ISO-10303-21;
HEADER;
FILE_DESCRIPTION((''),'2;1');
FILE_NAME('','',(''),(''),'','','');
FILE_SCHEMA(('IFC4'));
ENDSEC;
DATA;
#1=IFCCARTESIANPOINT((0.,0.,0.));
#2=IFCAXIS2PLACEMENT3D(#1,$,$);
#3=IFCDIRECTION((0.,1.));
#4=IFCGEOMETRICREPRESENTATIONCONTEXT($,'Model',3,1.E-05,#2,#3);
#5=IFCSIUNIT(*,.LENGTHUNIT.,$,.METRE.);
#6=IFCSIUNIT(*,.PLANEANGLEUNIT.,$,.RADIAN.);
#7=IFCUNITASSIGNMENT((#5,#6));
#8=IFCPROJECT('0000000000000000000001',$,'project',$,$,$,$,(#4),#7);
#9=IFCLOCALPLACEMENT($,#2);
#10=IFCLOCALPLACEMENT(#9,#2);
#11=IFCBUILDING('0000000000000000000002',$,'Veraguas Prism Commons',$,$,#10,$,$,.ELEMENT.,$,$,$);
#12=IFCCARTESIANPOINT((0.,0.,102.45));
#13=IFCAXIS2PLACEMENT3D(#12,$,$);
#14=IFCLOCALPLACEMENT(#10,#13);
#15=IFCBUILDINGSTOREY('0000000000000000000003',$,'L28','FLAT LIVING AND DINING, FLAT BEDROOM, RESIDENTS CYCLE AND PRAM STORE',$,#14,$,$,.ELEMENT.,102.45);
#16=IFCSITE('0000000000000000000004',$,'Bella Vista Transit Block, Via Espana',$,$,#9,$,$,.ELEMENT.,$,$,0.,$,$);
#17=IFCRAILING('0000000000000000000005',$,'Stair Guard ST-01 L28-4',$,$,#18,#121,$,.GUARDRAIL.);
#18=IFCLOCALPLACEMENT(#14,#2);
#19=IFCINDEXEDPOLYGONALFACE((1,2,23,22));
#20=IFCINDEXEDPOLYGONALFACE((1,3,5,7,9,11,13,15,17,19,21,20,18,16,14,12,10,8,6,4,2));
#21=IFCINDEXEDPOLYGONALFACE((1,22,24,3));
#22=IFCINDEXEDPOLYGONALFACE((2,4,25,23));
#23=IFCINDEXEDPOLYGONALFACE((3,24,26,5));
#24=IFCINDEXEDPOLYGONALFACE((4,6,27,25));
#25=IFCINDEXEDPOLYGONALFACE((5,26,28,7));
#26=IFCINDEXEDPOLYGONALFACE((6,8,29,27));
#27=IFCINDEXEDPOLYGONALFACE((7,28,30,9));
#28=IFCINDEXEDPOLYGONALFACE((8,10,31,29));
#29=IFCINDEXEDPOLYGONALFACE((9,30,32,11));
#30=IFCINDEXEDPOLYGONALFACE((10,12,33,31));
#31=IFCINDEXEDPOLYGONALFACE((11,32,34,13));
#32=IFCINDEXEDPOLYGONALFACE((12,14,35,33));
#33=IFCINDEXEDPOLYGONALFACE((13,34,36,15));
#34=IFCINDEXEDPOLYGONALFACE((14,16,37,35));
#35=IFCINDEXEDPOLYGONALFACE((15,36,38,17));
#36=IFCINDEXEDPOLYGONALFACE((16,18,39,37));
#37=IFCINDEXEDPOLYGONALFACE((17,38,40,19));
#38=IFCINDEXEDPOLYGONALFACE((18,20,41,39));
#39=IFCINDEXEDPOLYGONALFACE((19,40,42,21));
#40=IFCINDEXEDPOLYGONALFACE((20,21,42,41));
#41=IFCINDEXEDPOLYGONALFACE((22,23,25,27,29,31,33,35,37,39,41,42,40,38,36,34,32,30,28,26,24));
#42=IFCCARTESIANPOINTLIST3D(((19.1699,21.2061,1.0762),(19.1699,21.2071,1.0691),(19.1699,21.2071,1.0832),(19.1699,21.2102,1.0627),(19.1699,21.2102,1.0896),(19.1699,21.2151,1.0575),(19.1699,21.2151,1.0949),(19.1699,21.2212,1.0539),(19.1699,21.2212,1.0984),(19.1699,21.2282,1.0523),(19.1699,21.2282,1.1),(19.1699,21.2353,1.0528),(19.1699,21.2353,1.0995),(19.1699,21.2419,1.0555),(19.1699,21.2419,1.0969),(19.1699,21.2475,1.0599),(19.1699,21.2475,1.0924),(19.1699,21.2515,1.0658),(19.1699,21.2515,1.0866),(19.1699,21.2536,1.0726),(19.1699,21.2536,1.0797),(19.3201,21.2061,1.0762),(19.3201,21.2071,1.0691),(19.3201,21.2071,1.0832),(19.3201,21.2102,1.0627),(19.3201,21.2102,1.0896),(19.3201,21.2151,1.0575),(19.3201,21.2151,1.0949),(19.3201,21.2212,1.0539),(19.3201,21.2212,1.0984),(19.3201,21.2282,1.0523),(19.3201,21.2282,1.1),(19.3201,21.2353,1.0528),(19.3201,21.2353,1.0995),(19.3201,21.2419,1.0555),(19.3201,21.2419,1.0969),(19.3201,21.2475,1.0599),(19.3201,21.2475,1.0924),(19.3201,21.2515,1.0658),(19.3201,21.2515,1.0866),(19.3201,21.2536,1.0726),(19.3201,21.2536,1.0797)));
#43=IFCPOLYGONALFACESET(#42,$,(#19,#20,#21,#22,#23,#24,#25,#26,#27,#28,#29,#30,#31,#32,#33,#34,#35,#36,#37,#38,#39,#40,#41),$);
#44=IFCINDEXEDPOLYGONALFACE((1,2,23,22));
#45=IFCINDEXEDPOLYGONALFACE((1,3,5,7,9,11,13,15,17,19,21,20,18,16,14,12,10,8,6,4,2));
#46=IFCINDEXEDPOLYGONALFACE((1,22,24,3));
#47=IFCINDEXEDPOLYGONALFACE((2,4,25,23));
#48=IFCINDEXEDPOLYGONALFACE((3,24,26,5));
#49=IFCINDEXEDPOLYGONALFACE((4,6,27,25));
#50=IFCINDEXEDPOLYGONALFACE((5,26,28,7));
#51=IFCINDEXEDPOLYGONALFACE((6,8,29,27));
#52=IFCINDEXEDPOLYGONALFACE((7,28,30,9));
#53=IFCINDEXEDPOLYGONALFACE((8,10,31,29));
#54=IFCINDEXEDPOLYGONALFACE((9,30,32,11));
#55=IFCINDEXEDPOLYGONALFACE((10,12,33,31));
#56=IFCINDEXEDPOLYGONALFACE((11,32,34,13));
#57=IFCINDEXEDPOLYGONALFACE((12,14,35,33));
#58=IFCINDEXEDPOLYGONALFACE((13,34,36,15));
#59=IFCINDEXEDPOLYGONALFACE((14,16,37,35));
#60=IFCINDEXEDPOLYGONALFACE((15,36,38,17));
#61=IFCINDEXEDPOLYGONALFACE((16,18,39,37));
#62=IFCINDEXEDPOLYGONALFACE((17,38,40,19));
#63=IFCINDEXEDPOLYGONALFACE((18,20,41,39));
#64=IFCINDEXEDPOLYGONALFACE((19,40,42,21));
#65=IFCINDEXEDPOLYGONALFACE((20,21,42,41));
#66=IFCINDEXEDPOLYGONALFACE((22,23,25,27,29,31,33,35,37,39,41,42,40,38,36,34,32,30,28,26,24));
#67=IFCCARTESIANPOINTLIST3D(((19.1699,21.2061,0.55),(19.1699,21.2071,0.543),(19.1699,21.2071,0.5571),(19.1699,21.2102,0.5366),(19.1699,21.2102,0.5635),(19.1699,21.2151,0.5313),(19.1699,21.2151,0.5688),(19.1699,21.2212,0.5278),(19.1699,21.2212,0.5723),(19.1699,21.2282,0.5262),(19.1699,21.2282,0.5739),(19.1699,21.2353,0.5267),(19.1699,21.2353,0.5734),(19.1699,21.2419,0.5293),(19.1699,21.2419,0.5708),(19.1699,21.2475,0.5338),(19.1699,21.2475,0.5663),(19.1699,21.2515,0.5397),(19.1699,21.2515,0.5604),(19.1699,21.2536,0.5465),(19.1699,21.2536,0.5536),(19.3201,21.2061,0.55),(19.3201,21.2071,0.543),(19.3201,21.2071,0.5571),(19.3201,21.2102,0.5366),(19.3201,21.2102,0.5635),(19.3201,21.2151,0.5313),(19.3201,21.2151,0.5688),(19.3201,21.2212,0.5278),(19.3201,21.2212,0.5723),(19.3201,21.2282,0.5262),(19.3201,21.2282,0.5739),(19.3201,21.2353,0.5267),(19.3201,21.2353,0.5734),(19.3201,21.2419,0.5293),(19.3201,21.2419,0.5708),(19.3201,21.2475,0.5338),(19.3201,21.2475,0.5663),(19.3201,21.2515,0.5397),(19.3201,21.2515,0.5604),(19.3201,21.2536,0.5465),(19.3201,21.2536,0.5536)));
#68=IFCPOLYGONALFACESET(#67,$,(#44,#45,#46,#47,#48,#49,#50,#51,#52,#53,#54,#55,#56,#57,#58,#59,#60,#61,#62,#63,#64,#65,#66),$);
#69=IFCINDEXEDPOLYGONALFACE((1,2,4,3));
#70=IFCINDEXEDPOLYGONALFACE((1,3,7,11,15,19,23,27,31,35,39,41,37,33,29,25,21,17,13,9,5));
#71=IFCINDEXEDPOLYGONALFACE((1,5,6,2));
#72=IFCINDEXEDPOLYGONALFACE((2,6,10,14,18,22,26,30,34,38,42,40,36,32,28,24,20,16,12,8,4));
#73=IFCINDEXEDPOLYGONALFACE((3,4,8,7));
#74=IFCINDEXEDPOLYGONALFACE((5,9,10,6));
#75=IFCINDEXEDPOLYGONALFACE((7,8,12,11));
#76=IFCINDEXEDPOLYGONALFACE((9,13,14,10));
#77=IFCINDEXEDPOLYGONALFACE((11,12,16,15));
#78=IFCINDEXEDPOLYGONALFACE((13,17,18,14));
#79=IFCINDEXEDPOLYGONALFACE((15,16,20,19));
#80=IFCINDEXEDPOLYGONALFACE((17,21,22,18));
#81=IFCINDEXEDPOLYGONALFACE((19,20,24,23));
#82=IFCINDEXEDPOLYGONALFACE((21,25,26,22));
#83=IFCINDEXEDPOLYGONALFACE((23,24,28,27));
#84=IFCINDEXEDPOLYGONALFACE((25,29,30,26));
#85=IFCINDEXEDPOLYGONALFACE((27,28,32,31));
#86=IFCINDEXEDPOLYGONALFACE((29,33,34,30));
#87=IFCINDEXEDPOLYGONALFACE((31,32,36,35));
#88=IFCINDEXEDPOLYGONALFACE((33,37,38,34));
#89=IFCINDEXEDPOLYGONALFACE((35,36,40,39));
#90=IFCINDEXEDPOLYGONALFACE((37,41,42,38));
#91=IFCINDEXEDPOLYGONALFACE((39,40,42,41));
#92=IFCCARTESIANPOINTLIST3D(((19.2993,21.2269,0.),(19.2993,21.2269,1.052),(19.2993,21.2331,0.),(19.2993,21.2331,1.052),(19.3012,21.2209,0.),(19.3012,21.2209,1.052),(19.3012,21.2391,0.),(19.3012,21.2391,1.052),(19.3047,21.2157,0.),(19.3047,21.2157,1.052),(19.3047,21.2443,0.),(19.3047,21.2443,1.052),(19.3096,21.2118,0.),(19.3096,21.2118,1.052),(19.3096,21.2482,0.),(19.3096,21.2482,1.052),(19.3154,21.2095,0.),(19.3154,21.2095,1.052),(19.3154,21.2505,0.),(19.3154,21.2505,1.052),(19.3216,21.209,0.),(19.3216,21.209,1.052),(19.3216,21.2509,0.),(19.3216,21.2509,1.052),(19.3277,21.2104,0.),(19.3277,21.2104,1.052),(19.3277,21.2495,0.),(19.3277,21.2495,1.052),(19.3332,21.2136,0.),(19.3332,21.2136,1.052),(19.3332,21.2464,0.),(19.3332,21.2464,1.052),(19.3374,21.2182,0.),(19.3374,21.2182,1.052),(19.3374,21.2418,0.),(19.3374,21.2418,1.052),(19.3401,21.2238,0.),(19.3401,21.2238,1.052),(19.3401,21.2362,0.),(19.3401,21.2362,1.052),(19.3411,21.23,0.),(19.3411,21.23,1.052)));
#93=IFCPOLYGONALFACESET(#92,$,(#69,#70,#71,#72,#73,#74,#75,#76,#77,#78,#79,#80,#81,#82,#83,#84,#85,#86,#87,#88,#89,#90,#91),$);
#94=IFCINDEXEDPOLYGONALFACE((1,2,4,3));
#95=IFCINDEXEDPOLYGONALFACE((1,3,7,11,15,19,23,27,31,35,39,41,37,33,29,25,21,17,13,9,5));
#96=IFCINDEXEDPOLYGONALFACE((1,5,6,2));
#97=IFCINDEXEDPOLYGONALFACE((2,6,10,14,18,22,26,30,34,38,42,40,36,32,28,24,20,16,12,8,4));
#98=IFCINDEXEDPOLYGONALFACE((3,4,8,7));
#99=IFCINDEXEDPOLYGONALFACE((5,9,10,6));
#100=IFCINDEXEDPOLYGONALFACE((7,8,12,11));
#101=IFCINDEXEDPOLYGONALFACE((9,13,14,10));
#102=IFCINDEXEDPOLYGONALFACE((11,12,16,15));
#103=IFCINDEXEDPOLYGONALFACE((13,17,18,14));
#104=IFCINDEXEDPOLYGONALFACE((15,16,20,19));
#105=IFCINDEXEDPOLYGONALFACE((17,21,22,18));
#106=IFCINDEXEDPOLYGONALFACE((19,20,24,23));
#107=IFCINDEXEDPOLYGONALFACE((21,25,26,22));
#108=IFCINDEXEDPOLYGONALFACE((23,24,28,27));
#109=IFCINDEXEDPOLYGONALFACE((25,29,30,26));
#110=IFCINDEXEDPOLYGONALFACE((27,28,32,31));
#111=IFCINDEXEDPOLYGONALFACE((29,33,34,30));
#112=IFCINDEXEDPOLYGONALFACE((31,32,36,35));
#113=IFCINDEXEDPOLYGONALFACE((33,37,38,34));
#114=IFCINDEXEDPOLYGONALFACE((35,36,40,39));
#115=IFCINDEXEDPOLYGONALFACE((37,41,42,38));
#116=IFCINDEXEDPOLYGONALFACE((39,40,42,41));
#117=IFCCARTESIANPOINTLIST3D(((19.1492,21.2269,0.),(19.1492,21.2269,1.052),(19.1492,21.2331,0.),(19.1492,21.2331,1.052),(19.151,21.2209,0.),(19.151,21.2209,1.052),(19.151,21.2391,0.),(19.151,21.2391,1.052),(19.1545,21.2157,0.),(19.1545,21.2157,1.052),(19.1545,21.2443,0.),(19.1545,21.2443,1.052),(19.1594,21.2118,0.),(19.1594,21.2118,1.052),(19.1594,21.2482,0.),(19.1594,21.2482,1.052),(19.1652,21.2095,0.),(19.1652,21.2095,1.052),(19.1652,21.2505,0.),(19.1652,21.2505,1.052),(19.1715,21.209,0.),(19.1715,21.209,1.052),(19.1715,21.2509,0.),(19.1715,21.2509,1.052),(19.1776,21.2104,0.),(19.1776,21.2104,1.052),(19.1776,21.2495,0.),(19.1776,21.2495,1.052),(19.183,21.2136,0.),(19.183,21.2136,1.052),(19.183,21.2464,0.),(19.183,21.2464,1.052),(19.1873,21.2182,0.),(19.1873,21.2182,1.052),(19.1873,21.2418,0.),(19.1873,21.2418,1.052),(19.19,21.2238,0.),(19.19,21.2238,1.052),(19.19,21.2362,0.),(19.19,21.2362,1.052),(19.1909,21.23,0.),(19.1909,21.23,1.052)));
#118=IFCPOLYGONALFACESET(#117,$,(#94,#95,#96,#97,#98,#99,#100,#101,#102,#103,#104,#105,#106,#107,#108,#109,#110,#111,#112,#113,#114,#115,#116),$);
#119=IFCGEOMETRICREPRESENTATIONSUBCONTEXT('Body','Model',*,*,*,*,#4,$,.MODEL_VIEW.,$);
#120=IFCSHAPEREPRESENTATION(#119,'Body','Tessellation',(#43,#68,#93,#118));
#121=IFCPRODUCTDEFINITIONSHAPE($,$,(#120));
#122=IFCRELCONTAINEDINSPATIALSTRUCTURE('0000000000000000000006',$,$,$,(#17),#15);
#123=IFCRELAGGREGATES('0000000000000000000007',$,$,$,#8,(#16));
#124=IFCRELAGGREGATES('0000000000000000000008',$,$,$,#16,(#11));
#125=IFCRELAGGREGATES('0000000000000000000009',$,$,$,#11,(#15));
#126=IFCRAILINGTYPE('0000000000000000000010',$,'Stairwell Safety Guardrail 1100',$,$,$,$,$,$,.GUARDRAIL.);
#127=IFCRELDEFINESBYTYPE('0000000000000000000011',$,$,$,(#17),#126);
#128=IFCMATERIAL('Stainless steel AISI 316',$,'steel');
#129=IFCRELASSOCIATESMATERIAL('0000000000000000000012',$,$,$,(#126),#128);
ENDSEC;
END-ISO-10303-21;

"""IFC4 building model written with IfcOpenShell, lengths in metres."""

from ifc_helpers import new_model, si_unit, direction, frame, origin, origin_2d, place, context, subcontext, project, spatial, circle, extrude, material, type_object, element, save


model = new_model("IFC4")

# Units and contexts
model_context = context("Model", 3, precision=1e-05, world=origin(), true_north=direction((0.0, 1.0)))
body_context = subcontext(model_context, "Body", "Model", "MODEL_VIEW")
ifc_project = project(units=[si_unit("LENGTHUNIT", "METRE"), si_unit("PLANEANGLEUNIT", "RADIAN")], contexts=[model_context])

# Site, building, storey
site_placement = place(None, origin())
site = spatial("IfcSite", under=ifc_project, at=site_placement, Name="Bella Vista Transit Block, Via Espana", CompositionType="ELEMENT", RefElevation=0.0)
building_placement = place(site_placement, origin())
building = spatial("IfcBuilding", under=site, at=building_placement, Name="Veraguas Prism Commons", CompositionType="ELEMENT")
storey_placement = place(building_placement, frame((0.0, 0.0, 102.45)))
storey = spatial("IfcBuildingStorey", under=building, at=storey_placement, Name="L28", Description="FLAT LIVING AND DINING, FLAT BEDROOM, RESIDENTS CYCLE AND PRAM STORE", CompositionType="ELEMENT", Elevation=102.45)

# Railing
ifc_material_1 = material(Name="Stainless steel AISI 316", Category="steel")
railing_type_1 = type_object("IfcRailingType", Name="Stairwell Safety Guardrail 1100", PredefinedType="GUARDRAIL", material=ifc_material_1)
railing_1_placement = place(storey_placement, frame((19.3201, 21.23, 0.0)))
element("IfcRailing", 1, at=railing_1_placement, inside=storey, type_object=railing_type_1, Name="Stair Guard ST-01 L28-4", PredefinedType="GUARDRAIL", context=body_context, shape_type="SweptSolid", body=[
    extrude(circle(Radius=0.0239, at=origin_2d()), frame((0.0, 0.0, 1.0762), z_axis=(-1.0, 0.0, 0.0), x_axis=(0.0, -1.0, 0.0)), (0.0, 0.0, 1.0), 0.1501),
    extrude(circle(Radius=0.0239, at=origin_2d()), frame((0.0, 0.0, 0.55), z_axis=(-1.0, 0.0, 0.0), x_axis=(0.0, -1.0, 0.0)), (0.0, 0.0, 1.0), 0.1501),
    extrude(circle(Radius=0.021, at=origin_2d()), origin(), (0.0, 0.0, 1.0), 1.052),
    extrude(circle(Radius=0.021, at=origin_2d()), frame((-0.1501, 0.0, 0.0)), (0.0, 0.0, 1.0), 1.052),
])

save(model, "model.ifc")
